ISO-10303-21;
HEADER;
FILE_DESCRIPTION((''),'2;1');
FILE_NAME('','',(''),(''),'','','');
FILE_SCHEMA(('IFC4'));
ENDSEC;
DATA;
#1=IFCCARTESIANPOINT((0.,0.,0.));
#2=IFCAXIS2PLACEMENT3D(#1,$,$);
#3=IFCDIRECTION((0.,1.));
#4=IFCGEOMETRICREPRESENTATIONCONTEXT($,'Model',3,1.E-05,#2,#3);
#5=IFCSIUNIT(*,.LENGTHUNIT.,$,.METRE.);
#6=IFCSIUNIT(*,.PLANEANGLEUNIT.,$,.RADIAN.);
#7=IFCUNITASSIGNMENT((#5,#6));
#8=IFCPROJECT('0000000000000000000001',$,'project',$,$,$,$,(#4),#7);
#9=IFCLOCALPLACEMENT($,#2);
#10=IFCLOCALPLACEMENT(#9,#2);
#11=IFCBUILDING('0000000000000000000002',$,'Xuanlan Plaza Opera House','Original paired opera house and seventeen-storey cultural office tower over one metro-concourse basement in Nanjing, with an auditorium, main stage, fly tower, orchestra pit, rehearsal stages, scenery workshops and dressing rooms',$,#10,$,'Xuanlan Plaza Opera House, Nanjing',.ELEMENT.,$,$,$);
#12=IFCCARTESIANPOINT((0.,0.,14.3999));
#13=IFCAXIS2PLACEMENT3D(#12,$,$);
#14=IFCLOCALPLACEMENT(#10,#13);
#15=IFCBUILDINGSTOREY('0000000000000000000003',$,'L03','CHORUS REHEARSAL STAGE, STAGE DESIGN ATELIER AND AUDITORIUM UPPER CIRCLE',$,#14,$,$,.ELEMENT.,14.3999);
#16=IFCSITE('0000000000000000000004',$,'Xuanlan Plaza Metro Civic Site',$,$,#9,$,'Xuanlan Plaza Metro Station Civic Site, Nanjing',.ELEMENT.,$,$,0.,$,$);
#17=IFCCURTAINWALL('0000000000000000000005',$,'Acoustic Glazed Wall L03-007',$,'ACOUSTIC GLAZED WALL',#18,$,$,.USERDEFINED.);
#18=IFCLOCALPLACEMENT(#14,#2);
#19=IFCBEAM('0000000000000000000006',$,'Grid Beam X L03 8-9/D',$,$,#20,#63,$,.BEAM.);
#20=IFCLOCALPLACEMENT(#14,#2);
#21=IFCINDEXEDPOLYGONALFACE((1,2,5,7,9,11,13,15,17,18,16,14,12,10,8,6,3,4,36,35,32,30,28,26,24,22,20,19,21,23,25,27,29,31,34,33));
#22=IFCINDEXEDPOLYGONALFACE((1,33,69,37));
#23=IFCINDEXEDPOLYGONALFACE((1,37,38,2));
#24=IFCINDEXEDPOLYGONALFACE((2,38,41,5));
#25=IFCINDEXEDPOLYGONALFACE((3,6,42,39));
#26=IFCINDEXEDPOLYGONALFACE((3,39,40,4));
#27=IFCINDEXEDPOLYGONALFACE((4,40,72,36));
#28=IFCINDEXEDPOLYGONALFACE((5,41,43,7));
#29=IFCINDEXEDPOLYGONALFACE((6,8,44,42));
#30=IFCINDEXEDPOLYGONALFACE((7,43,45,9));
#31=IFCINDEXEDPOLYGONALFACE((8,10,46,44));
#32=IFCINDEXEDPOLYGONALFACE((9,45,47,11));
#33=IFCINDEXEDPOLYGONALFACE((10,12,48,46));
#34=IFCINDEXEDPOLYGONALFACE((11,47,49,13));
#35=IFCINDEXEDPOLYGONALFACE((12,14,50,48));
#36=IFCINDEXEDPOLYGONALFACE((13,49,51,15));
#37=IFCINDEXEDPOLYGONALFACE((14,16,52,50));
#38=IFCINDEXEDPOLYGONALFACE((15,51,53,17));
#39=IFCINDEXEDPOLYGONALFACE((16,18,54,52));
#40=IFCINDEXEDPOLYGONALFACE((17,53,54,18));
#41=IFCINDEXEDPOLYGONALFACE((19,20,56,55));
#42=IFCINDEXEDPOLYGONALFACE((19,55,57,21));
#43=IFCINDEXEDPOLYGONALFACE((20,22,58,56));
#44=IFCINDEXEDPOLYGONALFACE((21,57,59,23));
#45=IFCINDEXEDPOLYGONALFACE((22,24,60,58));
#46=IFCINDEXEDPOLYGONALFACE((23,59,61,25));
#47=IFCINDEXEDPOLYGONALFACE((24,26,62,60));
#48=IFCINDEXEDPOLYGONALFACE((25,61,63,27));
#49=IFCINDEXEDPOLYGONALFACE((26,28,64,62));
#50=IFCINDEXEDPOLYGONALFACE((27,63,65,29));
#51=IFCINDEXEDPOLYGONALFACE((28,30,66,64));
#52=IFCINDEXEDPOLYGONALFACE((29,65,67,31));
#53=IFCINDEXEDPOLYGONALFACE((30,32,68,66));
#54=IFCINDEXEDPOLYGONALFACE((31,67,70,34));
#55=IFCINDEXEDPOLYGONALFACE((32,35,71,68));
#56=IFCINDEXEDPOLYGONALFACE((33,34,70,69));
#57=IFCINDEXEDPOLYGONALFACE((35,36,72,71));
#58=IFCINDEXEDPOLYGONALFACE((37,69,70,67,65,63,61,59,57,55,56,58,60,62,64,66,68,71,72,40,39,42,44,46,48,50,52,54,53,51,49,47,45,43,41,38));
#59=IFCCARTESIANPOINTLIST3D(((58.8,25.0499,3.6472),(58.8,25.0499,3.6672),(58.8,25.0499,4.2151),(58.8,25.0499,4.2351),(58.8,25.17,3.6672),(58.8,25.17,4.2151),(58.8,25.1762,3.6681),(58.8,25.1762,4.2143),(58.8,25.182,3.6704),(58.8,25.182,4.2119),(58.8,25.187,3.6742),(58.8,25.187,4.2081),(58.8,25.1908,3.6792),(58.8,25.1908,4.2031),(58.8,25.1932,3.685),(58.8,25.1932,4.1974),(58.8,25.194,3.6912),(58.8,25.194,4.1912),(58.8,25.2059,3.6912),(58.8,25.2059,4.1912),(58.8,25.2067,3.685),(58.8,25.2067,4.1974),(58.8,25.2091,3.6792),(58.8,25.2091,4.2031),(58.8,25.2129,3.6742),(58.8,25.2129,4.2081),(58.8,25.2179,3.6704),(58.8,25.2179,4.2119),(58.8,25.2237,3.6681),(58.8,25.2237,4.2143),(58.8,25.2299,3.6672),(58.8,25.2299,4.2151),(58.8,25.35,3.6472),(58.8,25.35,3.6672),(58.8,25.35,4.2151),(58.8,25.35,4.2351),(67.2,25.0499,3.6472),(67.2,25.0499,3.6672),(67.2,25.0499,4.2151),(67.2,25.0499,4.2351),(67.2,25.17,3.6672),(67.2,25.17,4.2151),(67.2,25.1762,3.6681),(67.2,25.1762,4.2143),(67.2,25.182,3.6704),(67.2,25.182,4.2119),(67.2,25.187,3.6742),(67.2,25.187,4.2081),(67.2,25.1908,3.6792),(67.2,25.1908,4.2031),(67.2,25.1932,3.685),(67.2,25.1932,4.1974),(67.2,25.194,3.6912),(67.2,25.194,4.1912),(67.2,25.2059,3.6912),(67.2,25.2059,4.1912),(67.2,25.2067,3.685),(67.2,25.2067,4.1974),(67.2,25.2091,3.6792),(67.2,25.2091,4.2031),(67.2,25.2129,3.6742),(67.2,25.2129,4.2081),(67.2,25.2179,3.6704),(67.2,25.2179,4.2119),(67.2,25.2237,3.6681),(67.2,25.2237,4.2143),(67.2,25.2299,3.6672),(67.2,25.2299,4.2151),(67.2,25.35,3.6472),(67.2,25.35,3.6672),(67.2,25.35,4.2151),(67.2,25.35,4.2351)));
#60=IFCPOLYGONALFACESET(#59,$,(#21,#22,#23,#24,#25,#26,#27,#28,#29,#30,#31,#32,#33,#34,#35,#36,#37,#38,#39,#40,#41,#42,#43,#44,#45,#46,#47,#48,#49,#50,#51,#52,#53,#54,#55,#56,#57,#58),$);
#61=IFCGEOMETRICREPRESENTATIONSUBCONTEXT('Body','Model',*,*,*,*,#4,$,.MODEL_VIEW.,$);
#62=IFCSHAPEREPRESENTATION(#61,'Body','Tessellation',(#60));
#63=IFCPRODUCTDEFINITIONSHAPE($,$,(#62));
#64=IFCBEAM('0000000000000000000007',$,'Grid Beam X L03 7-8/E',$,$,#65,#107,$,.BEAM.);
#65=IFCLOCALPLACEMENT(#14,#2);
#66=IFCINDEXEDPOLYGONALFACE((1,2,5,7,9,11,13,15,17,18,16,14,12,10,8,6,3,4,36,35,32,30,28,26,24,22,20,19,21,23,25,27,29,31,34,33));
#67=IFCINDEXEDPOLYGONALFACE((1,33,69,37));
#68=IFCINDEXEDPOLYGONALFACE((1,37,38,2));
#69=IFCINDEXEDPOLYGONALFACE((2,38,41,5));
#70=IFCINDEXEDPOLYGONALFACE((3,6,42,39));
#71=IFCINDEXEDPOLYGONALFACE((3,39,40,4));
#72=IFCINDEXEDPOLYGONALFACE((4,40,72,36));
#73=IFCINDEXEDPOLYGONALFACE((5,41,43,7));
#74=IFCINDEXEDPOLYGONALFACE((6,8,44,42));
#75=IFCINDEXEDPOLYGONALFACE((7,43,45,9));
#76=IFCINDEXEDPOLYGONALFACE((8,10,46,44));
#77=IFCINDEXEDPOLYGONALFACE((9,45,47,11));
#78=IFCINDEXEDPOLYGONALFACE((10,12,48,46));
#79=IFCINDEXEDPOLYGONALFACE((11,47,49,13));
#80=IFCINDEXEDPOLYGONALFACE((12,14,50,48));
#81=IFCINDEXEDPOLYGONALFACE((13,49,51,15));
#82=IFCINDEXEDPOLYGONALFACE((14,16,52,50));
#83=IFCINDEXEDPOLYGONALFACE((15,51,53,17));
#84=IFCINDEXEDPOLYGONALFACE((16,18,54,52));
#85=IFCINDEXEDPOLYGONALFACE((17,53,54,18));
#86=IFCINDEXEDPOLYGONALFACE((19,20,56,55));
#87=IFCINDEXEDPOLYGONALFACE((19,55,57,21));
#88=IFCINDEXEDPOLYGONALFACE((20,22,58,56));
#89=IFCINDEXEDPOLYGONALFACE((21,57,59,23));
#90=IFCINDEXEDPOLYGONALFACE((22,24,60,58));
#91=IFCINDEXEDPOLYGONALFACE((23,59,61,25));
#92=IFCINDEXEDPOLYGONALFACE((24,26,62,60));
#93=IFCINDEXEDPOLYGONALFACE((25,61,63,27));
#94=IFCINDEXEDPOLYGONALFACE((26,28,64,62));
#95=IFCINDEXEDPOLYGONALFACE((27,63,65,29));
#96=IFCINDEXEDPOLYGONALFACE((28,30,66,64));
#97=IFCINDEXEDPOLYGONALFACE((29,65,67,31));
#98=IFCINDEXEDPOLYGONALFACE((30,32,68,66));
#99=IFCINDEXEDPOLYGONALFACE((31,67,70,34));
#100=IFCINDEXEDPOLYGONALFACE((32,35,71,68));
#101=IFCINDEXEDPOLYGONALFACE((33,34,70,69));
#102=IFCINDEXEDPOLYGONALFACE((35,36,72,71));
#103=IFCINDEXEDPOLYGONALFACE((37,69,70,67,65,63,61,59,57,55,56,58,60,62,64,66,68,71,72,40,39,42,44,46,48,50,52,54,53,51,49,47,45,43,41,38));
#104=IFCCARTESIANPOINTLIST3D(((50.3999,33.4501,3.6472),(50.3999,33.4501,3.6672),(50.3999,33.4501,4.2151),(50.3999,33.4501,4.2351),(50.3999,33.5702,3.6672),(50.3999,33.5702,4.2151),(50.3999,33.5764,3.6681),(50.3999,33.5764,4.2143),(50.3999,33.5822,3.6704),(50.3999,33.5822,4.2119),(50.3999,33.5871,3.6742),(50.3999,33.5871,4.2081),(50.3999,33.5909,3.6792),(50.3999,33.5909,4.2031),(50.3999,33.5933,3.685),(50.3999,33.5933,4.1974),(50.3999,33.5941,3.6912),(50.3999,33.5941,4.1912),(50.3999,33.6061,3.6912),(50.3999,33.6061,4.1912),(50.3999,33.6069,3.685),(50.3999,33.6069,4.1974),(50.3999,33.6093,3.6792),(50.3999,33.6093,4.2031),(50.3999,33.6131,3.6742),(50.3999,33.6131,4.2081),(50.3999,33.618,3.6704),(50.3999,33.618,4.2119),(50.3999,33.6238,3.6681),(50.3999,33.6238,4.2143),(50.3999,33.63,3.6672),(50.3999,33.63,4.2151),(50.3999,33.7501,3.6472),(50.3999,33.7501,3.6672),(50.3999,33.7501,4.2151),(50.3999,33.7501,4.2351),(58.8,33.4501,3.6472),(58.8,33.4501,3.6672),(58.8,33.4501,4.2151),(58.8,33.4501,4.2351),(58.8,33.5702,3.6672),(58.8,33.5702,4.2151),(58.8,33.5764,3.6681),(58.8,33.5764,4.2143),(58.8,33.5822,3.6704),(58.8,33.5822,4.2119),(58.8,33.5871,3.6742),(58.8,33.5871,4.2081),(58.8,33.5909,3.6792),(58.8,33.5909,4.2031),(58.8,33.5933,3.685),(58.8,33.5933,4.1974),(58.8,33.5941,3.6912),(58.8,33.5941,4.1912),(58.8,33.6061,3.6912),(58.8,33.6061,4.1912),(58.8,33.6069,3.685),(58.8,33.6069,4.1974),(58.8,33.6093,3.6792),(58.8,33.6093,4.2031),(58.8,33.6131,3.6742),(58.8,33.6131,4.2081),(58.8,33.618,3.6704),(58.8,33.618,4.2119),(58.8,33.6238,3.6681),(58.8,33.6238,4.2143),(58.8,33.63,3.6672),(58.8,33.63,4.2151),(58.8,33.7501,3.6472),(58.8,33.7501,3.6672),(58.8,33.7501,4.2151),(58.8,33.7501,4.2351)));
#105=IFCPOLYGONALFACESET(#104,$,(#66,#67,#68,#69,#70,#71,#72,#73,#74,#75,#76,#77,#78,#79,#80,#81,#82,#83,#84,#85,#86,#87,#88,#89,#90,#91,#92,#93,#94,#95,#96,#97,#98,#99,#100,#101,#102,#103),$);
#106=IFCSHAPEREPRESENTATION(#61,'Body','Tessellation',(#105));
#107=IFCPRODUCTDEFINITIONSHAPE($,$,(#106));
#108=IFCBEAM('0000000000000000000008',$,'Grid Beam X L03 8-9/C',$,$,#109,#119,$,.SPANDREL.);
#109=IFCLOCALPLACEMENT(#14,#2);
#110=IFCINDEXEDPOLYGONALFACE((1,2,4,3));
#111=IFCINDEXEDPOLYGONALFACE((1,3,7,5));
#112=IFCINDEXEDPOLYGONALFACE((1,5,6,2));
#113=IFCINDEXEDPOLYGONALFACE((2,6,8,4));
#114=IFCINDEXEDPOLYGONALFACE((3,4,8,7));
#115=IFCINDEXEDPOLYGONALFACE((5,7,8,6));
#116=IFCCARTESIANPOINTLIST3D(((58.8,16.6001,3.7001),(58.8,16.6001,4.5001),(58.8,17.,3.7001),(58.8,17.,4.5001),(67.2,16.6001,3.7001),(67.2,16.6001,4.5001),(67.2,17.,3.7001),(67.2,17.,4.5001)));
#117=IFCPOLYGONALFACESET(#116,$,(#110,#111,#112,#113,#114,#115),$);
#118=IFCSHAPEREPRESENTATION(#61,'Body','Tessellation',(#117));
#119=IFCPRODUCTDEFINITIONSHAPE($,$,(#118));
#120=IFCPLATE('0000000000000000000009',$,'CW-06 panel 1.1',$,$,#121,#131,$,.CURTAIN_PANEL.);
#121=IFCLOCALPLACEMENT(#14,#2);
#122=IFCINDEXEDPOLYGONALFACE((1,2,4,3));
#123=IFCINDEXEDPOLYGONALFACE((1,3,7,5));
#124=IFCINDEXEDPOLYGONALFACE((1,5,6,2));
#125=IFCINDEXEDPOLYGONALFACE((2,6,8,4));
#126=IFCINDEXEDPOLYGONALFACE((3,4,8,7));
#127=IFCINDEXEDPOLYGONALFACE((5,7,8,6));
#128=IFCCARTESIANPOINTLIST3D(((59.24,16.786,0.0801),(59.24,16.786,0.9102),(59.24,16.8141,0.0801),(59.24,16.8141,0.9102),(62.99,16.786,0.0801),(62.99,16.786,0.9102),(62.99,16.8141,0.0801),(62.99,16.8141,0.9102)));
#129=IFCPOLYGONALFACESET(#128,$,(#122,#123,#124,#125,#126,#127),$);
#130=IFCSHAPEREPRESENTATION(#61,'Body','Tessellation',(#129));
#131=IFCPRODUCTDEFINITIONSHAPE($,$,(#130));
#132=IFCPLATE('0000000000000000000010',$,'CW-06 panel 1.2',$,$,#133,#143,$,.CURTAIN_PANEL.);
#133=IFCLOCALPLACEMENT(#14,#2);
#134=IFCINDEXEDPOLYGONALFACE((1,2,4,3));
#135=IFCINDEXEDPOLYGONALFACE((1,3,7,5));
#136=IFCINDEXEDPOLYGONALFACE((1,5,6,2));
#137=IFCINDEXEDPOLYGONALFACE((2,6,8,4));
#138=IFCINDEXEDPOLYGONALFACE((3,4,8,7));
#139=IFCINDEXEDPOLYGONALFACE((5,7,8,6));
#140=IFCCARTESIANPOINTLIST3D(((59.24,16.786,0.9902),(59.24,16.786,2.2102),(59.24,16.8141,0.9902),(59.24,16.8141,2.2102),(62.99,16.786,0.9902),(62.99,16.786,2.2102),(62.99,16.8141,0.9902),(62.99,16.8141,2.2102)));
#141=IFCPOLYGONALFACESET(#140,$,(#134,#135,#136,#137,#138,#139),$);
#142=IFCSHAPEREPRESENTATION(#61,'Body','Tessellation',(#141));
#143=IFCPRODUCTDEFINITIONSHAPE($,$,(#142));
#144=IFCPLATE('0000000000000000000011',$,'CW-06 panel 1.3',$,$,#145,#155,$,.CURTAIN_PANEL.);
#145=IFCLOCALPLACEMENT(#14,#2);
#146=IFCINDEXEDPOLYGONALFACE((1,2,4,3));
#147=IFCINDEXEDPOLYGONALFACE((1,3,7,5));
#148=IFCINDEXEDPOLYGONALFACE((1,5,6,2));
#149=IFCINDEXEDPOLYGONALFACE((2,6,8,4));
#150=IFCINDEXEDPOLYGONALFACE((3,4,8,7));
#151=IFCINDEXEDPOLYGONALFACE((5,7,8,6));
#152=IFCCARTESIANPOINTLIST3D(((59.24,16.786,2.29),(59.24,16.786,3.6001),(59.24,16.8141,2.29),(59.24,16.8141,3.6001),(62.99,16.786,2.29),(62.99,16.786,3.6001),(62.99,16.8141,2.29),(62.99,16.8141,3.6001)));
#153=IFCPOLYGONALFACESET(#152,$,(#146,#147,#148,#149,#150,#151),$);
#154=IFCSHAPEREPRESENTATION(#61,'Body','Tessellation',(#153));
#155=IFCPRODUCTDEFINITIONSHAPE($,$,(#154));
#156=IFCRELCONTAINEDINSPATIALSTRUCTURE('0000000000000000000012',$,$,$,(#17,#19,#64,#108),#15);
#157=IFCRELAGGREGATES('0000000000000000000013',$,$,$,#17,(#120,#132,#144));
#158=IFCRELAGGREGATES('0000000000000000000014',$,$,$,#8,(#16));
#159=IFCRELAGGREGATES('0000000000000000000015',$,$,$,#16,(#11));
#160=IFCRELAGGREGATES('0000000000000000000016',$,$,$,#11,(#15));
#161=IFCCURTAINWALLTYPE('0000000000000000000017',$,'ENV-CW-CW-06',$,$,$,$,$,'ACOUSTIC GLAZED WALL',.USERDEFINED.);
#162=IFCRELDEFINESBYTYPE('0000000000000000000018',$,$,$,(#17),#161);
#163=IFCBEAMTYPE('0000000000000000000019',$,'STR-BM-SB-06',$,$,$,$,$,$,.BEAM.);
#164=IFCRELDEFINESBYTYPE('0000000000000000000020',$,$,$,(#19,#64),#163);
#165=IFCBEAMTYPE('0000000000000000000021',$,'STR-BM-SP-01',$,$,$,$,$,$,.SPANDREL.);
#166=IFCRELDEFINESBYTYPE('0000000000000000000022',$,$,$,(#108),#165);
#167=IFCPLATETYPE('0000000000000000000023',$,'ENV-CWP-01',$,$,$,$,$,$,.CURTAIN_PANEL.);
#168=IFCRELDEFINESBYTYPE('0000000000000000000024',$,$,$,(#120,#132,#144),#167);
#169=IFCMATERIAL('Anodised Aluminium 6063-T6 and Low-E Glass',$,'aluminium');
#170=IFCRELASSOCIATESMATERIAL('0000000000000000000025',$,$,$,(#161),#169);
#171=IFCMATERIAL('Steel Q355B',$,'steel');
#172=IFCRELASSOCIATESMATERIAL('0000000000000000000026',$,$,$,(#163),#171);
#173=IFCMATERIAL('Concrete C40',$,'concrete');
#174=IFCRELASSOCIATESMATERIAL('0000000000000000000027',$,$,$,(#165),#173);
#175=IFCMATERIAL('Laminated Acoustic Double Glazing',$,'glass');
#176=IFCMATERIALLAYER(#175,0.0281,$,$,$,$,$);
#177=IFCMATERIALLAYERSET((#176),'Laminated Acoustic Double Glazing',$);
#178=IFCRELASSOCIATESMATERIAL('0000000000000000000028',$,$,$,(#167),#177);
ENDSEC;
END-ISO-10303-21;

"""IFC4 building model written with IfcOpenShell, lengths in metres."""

from ifc_helpers import new_model, si_unit, direction, frame, origin, origin_2d, place, context, subcontext, project, spatial, rectangle, i_section, extrude, material, layer, layer_set, material_profile, profile_set, type_object, element, aggregate, save


model = new_model("IFC4")

# Units and contexts
model_context = context("Model", 3, precision=1e-05, world=origin(), true_north=direction((0.0, 1.0)))
body_context = subcontext(model_context, "Body", "Model", "MODEL_VIEW")
ifc_project = project(units=[si_unit("LENGTHUNIT", "METRE"), si_unit("PLANEANGLEUNIT", "RADIAN")], contexts=[model_context])

# Site, building, storey
site_placement = place(None, origin())
site = spatial("IfcSite", under=ifc_project, at=site_placement, Name="Xuanlan Plaza Metro Civic Site", LongName="Xuanlan Plaza Metro Station Civic Site, Nanjing", CompositionType="ELEMENT", RefElevation=0.0)
building_placement = place(site_placement, origin())
building = spatial("IfcBuilding", under=site, at=building_placement, Name="Xuanlan Plaza Opera House", Description="Original paired opera house and seventeen-storey cultural office tower over one metro-concourse basement in Nanjing, with an auditorium, main stage, fly tower, orchestra pit, rehearsal stages, scenery workshops and dressing rooms", LongName="Xuanlan Plaza Opera House, Nanjing", CompositionType="ELEMENT")
storey_placement = place(building_placement, frame((0.0, 0.0, 14.3999)))
storey = spatial("IfcBuildingStorey", under=building, at=storey_placement, Name="L03", Description="CHORUS REHEARSAL STAGE, STAGE DESIGN ATELIER AND AUDITORIUM UPPER CIRCLE", CompositionType="ELEMENT", Elevation=14.3999)

# Shared definitions
ifc_material_1 = material(Name="Concrete C40", Category="concrete")

# Curtain wall
ifc_material_2 = material(Name="Anodised Aluminium 6063-T6 and Low-E Glass", Category="aluminium")
curtain_wall_type = type_object("IfcCurtainWallType", Name="ENV-CW-CW-06", ElementType="ACOUSTIC GLAZED WALL", PredefinedType="USERDEFINED", material=ifc_material_2)
curtain_wall_placement = place(storey_placement, origin())
curtain_wall = element("IfcCurtainWall", 1, at=curtain_wall_placement, inside=storey, type_object=curtain_wall_type, Name="Acoustic Glazed Wall L03-007", ObjectType="ACOUSTIC GLAZED WALL", PredefinedType="USERDEFINED")

# Beams
ifc_material_3 = material(Name="Steel Q355B", Category="steel")
ifc_material_profile_1 = material_profile(ifc_material_3, i_section(OverallWidth=0.3, OverallDepth=0.5879, WebThickness=0.012, FlangeThickness=0.02, FilletRadius=0.0239, at=origin_2d()), Name="HM 588x300x12x20")
ifc_profile_set_1 = profile_set([ifc_material_profile_1], Name="Steel Q355B")
beam_type_1 = type_object("IfcBeamType", Name="STR-BM-SB-06", PredefinedType="BEAM", material=ifc_profile_set_1)
beam_1_placement = place(storey_placement, frame((58.8, 25.2, 3.9412), z_axis=(1.0, 0.0, 0.0), x_axis=(0.0, 1.0, 0.0)))
element("IfcBeam", 2, at=beam_1_placement, inside=storey, type_object=beam_type_1, Name="Grid Beam X L03 8-9/D", PredefinedType="BEAM", context=body_context, shape_type="SweptSolid", body=[
    extrude(i_section(OverallWidth=0.3, OverallDepth=0.5879, WebThickness=0.012, FlangeThickness=0.02, FilletRadius=0.0239, at=origin_2d()), origin(), (0.0, 0.0, 1.0), 8.3999),
])
beam_2_placement = place(storey_placement, frame((50.3999, 33.6001, 3.9412), z_axis=(1.0, 0.0, 0.0), x_axis=(0.0, 1.0, 0.0)))
element("IfcBeam", 3, at=beam_2_placement, inside=storey, type_object=beam_type_1, Name="Grid Beam X L03 7-8/E", PredefinedType="BEAM", context=body_context, shape_type="SweptSolid", body=[
    extrude(i_section(OverallWidth=0.3, OverallDepth=0.5879, WebThickness=0.012, FlangeThickness=0.02, FilletRadius=0.0239, at=origin_2d()), origin(), (0.0, 0.0, 1.0), 8.4001),
])
ifc_material_profile_2 = material_profile(ifc_material_1, rectangle(XDim=0.3999, YDim=0.8, at=origin_2d()), Name="RC-SPD 400x800")
ifc_profile_set_2 = profile_set([ifc_material_profile_2], Name="Concrete C40")
beam_type_2 = type_object("IfcBeamType", Name="STR-BM-SP-01", PredefinedType="SPANDREL", material=ifc_profile_set_2)
beam_3_placement = place(storey_placement, frame((58.8, 16.8, 4.1001), z_axis=(1.0, 0.0, 0.0), x_axis=(0.0, 1.0, 0.0)))
element("IfcBeam", 4, at=beam_3_placement, inside=storey, type_object=beam_type_2, Name="Grid Beam X L03 8-9/C", PredefinedType="SPANDREL", context=body_context, shape_type="SweptSolid", body=[
    extrude(rectangle(XDim=0.3999, YDim=0.8, at=origin_2d()), origin(), (0.0, 0.0, 1.0), 8.3999),
])

# Plates
ifc_material_4 = material(Name="Laminated Acoustic Double Glazing", Category="glass")
ifc_layer = layer(ifc_material_4, 0.0281)
ifc_layer_set = layer_set([ifc_layer], Name="Laminated Acoustic Double Glazing")
plate_type = type_object("IfcPlateType", Name="ENV-CWP-01", PredefinedType="CURTAIN_PANEL", material=ifc_layer_set)
plate_1_placement = place(storey_placement, frame((61.115, 16.8, 0.0801), z_axis=(0.0, 0.0, 1.0), x_axis=(1.0, 0.0, 0.0)))
plate_1 = element("IfcPlate", 5, at=plate_1_placement, type_object=plate_type, Name="CW-06 panel 1.1", PredefinedType="CURTAIN_PANEL", context=body_context, shape_type="SweptSolid", body=[
    extrude(rectangle(XDim=3.75, YDim=0.0281, at=origin_2d()), origin(), (0.0, 0.0, 1.0), 0.8301),
])
plate_2_placement = place(storey_placement, frame((61.115, 16.8, 0.9902), z_axis=(0.0, 0.0, 1.0), x_axis=(1.0, 0.0, 0.0)))
plate_2 = element("IfcPlate", 6, at=plate_2_placement, type_object=plate_type, Name="CW-06 panel 1.2", PredefinedType="CURTAIN_PANEL", context=body_context, shape_type="SweptSolid", body=[
    extrude(rectangle(XDim=3.75, YDim=0.0281, at=origin_2d()), origin(), (0.0, 0.0, 1.0), 1.22),
])
plate_3_placement = place(storey_placement, frame((61.115, 16.8, 2.29), z_axis=(0.0, 0.0, 1.0), x_axis=(1.0, 0.0, 0.0)))
plate_3 = element("IfcPlate", 7, at=plate_3_placement, type_object=plate_type, Name="CW-06 panel 1.3", PredefinedType="CURTAIN_PANEL", context=body_context, shape_type="SweptSolid", body=[
    extrude(rectangle(XDim=3.75, YDim=0.0281, at=origin_2d()), origin(), (0.0, 0.0, 1.0), 1.3101),
])
aggregate(curtain_wall, [plate_1, plate_2, plate_3])

save(model, "model.ifc")
